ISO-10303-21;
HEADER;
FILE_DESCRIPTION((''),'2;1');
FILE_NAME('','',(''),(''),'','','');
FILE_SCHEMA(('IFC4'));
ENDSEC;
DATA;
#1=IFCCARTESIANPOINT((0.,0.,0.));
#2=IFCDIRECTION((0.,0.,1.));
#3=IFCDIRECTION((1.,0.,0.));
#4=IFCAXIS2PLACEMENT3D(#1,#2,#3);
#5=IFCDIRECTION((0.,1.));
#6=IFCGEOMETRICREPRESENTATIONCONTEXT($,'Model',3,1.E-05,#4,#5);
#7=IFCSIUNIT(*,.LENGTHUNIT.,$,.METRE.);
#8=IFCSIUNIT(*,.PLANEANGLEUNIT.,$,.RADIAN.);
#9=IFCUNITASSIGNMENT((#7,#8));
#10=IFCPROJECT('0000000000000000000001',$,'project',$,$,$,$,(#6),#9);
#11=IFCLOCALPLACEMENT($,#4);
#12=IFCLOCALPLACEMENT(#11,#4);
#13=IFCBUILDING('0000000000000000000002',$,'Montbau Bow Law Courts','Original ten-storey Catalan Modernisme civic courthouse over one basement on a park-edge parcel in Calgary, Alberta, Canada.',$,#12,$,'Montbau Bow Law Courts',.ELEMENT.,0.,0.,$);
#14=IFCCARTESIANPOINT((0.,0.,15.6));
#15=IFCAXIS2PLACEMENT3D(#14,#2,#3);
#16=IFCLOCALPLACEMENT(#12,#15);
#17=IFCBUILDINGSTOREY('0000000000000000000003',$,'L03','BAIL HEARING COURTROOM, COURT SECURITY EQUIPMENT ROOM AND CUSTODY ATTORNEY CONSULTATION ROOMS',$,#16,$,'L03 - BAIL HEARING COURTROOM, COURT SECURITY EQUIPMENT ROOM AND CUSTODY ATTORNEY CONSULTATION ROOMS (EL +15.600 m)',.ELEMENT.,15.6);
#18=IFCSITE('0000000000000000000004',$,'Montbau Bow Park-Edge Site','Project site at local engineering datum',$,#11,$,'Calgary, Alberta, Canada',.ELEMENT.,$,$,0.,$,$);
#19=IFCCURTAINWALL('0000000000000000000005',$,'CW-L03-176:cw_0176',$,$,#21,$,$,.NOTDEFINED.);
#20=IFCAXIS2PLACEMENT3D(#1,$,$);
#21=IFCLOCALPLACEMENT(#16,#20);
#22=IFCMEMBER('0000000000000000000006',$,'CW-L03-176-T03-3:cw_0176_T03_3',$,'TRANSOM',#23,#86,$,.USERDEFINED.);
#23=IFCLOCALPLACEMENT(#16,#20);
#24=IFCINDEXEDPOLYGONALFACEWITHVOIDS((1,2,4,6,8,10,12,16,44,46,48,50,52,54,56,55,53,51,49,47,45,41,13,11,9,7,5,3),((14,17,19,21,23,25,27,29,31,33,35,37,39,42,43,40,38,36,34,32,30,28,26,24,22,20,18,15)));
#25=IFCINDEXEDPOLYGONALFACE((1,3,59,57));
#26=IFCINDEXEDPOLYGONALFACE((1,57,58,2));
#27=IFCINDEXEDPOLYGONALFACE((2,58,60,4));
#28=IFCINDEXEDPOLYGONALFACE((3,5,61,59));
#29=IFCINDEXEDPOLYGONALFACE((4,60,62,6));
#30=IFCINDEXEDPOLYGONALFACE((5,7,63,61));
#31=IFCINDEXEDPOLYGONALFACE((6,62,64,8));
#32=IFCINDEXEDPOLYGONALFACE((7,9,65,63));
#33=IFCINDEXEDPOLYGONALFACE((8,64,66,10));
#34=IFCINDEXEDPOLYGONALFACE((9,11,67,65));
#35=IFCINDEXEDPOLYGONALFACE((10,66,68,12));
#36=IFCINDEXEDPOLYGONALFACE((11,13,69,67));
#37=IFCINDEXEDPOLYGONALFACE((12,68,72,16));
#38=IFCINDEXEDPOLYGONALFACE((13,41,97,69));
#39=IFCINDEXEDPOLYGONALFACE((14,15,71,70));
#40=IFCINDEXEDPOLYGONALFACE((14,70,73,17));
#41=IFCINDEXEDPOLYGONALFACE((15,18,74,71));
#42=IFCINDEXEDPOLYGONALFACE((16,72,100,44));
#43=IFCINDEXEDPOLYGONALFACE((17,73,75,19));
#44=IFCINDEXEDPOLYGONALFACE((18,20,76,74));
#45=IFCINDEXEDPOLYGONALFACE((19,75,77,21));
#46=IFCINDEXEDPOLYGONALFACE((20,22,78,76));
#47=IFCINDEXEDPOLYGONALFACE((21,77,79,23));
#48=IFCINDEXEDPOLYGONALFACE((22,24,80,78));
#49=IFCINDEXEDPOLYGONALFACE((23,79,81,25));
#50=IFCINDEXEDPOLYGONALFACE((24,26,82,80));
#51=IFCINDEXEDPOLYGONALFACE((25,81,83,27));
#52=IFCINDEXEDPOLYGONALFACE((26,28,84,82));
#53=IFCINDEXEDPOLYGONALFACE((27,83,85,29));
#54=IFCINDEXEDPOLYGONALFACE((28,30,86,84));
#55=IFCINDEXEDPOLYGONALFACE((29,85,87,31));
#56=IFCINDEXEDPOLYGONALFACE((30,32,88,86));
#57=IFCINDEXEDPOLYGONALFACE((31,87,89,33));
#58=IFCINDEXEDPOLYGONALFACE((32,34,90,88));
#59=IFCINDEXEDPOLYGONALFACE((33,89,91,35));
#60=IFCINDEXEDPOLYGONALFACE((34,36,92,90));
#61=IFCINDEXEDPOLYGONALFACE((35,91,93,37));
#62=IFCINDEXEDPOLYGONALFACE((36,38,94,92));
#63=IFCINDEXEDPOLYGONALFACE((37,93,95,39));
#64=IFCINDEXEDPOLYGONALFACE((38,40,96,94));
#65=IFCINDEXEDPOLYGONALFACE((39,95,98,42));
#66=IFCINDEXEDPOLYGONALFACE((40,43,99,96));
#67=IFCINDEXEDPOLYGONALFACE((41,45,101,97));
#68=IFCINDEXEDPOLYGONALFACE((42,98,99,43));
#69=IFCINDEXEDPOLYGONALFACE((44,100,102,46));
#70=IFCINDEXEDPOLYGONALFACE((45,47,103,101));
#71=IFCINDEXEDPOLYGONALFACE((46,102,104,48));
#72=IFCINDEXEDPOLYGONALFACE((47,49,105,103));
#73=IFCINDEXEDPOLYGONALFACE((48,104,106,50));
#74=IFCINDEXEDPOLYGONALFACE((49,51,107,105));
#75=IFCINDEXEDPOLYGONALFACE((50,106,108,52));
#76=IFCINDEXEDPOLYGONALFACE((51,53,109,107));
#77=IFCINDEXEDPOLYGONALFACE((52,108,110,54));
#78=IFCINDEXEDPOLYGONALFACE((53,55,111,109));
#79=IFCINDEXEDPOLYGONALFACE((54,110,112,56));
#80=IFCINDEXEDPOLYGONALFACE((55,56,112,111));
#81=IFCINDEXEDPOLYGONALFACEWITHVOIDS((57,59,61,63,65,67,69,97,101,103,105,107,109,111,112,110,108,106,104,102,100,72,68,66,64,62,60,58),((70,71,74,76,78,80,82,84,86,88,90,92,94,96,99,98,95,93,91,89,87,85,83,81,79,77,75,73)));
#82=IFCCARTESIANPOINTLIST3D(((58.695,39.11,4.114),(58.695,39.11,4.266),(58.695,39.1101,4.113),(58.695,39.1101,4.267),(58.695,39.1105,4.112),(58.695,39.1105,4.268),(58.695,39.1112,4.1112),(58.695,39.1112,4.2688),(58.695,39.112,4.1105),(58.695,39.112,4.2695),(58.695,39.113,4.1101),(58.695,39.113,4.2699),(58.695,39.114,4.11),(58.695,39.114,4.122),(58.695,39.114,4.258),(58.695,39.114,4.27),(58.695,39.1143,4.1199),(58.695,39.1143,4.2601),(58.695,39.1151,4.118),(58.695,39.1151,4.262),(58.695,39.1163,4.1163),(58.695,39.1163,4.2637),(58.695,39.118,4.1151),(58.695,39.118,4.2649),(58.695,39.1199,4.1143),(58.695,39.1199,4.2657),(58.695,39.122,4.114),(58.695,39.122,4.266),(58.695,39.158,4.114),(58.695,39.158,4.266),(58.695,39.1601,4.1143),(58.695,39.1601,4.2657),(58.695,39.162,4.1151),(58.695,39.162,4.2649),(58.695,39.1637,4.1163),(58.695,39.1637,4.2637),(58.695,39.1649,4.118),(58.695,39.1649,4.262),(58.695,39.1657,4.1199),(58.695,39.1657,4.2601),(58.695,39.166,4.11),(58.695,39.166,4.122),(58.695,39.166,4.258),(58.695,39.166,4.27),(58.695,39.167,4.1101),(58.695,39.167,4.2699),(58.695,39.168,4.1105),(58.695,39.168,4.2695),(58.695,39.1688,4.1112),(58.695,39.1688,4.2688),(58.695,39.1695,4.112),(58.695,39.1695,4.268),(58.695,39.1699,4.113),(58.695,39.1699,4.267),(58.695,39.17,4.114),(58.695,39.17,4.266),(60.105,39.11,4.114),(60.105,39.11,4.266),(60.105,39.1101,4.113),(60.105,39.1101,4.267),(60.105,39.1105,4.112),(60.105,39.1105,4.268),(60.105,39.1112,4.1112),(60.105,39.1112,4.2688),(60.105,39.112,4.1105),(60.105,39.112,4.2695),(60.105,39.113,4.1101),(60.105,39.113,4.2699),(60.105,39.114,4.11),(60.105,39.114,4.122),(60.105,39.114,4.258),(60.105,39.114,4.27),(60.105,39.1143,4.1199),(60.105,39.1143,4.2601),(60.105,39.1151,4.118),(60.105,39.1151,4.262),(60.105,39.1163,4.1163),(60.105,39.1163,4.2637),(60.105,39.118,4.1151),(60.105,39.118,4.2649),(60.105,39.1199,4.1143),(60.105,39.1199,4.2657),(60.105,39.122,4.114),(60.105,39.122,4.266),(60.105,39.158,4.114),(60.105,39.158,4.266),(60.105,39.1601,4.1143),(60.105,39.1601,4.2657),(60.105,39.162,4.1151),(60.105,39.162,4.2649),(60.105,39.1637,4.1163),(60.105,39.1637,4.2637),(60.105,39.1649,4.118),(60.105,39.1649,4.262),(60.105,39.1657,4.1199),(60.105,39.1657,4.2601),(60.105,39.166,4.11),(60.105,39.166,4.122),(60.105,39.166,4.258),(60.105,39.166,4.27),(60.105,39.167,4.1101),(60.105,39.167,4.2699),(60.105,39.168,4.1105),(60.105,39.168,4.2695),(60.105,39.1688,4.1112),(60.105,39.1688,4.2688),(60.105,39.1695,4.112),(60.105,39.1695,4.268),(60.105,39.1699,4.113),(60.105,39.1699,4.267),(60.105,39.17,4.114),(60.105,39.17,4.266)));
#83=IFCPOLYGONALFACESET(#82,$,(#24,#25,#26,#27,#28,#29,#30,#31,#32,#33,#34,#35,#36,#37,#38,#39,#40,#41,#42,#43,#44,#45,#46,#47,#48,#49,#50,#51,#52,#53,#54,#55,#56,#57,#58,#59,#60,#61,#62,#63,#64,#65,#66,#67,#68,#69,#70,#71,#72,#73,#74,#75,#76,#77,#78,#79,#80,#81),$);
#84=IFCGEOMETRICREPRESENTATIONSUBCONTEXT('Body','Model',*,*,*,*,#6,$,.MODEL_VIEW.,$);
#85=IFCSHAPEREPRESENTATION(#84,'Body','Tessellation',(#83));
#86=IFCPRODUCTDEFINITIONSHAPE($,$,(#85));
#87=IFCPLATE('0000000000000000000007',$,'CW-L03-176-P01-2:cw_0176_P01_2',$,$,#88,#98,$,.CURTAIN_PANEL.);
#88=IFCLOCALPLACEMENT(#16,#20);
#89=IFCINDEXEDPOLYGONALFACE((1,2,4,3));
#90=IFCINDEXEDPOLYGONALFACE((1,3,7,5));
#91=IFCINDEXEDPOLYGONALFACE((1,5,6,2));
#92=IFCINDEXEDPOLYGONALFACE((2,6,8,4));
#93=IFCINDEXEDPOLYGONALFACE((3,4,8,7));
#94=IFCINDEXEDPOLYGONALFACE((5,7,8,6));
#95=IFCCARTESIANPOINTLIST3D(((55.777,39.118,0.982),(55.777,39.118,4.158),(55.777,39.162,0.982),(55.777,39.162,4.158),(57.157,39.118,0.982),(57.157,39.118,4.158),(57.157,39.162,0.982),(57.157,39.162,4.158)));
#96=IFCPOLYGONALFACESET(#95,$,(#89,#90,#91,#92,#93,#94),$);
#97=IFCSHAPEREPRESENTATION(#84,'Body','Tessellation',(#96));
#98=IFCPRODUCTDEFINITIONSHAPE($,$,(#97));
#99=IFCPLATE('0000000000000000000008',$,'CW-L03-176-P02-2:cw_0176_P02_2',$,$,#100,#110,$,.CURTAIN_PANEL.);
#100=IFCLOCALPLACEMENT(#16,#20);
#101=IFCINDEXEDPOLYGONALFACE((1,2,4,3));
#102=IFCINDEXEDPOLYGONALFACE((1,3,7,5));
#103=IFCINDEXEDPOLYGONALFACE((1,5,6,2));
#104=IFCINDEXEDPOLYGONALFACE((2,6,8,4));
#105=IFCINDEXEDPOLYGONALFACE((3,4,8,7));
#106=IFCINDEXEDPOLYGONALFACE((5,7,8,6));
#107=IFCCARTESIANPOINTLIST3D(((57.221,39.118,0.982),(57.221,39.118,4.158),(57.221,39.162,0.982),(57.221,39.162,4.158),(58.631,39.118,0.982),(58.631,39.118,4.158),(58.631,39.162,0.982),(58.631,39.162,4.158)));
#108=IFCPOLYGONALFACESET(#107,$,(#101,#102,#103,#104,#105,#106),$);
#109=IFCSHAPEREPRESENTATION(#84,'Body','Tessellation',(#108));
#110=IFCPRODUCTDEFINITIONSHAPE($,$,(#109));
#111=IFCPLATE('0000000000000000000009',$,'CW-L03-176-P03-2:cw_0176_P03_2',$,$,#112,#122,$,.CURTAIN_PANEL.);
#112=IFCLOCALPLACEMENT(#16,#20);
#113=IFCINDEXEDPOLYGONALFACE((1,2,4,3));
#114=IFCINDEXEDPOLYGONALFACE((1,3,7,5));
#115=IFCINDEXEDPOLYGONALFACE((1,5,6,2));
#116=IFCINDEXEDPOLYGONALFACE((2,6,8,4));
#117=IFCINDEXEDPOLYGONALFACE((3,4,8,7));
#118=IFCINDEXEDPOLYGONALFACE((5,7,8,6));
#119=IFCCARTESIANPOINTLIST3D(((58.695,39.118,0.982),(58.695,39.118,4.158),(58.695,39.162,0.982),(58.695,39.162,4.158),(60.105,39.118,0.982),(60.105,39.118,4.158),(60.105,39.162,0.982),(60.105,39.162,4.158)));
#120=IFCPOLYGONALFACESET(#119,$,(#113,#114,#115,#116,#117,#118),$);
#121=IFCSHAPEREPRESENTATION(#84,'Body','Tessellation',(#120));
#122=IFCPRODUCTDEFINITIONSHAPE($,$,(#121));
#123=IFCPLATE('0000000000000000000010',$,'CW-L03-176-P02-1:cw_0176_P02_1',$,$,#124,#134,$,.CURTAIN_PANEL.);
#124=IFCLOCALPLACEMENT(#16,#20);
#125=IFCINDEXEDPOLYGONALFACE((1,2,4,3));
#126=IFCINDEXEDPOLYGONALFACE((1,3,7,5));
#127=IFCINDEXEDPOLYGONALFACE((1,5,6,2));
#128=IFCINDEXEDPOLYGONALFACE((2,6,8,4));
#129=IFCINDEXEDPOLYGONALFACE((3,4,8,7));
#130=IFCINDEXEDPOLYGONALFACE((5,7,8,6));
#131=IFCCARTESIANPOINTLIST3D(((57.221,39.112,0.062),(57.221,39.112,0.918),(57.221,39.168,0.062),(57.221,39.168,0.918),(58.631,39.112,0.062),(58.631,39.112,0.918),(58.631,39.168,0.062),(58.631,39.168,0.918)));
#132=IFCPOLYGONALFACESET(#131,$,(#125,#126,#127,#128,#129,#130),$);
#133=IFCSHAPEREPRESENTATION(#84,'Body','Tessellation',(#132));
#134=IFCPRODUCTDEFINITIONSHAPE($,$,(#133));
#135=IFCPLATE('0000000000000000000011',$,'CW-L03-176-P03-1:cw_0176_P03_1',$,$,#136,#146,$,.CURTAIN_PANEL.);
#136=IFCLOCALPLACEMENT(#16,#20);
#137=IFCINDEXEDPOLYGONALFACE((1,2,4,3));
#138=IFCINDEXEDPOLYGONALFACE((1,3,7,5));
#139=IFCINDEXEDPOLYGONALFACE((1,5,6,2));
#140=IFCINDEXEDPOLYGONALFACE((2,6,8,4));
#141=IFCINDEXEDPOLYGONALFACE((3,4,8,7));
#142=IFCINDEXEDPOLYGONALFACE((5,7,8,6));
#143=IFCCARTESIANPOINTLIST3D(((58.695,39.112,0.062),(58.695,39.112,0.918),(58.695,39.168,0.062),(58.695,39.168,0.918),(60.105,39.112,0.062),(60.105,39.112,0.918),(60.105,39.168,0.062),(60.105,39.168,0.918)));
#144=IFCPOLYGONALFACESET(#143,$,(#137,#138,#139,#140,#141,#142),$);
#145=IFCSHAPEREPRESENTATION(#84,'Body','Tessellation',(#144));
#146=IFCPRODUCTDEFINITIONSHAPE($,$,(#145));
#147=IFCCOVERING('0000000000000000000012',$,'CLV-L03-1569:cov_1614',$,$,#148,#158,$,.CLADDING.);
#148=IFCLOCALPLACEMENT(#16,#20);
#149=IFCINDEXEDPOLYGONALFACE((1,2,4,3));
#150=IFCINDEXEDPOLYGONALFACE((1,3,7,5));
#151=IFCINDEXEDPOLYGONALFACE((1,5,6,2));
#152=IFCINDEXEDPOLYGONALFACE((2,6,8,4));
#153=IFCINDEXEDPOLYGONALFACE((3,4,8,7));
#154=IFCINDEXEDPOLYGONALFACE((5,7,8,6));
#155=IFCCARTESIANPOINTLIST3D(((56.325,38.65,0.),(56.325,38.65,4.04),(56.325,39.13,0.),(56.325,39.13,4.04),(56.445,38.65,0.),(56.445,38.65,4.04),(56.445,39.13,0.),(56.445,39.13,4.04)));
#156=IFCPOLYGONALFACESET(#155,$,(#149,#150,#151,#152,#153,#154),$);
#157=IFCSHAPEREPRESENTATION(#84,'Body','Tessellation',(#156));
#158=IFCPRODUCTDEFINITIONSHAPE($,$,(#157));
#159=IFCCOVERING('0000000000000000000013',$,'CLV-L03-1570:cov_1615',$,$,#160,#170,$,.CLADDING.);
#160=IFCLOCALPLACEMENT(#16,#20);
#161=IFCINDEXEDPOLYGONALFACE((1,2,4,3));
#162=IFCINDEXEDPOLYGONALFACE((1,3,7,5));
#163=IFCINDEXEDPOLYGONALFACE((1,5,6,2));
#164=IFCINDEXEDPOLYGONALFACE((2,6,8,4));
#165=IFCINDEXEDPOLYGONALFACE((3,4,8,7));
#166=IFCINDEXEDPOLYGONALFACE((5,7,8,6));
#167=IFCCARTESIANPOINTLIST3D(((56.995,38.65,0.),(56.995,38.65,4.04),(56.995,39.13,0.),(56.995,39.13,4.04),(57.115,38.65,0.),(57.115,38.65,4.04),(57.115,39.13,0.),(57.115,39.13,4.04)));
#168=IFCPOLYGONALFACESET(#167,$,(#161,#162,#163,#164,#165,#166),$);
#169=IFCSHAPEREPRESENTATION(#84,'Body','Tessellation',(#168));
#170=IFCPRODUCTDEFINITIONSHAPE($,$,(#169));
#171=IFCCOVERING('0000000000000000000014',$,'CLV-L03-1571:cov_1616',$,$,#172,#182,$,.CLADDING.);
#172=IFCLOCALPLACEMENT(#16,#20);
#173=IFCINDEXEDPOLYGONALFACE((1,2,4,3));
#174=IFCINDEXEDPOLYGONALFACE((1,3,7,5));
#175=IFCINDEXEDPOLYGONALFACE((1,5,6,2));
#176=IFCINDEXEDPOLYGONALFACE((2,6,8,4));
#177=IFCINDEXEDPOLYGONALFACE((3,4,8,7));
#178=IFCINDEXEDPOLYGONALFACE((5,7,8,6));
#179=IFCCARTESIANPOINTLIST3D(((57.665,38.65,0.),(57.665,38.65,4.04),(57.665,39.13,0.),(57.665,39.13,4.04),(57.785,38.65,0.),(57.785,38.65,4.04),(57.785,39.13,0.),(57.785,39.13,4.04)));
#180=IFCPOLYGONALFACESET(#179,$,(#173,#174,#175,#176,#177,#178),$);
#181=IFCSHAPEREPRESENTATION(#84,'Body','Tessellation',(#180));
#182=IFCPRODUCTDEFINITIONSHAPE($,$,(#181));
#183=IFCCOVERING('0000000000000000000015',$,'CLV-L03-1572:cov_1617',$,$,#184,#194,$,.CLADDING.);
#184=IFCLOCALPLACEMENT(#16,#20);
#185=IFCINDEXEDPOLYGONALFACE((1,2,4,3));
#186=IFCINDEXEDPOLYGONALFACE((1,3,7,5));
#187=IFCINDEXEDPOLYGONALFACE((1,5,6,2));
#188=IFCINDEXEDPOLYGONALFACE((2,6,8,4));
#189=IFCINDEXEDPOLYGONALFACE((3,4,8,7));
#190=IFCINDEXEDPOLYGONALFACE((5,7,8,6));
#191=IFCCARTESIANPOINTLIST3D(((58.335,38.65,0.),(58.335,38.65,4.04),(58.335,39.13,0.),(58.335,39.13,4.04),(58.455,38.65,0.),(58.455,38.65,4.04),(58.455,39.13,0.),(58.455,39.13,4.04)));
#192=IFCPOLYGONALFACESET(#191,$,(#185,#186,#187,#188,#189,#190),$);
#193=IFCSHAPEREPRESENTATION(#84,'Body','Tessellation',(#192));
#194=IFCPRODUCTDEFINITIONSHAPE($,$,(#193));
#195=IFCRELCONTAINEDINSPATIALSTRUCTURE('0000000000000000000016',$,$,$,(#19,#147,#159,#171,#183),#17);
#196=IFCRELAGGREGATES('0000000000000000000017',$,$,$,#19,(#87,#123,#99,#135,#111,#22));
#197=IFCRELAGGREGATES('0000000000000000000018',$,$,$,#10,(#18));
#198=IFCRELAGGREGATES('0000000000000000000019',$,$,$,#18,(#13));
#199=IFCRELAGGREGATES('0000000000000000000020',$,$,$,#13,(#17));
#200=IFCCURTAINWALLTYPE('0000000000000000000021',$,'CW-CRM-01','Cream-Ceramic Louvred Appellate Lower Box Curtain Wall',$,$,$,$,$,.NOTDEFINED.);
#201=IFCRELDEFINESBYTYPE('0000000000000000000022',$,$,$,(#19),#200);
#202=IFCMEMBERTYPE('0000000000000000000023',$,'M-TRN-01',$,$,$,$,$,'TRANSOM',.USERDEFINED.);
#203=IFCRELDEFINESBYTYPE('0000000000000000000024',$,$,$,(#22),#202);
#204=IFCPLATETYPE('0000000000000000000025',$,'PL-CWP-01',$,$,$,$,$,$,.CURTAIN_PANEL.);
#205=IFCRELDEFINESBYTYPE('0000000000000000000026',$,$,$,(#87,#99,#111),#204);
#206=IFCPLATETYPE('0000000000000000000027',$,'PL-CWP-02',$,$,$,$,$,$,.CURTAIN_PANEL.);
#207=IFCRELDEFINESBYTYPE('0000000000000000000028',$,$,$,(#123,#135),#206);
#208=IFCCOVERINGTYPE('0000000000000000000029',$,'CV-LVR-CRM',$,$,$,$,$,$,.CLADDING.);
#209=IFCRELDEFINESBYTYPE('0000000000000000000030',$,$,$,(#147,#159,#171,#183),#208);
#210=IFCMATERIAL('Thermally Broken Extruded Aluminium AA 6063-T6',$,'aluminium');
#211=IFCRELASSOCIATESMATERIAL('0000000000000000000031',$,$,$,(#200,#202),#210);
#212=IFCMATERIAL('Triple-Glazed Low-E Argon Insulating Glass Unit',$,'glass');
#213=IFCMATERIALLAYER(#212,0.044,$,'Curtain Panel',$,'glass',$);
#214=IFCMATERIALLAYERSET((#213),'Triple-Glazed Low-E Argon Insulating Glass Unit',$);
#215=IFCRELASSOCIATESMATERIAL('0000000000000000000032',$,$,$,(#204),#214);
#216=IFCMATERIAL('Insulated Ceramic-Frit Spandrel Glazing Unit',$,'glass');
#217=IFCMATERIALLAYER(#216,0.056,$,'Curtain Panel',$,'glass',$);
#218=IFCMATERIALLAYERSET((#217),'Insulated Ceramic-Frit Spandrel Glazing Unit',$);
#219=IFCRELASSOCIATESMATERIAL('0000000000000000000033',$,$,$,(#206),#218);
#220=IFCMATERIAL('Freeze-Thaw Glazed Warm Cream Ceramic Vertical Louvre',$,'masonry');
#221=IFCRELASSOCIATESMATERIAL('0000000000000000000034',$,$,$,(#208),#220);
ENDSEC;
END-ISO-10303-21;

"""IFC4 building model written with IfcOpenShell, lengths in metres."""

from ifc_helpers import new_model, si_unit, direction, frame, frame_2d, origin_with_axes, origin_2d_with_axis, place, context, subcontext, project, spatial, rectangle, hollow_rectangle, extrude, material, layer, layer_set, material_profile, profile_set, type_object, element, aggregate, save


model = new_model("IFC4")

# Units and contexts
model_context = context("Model", 3, precision=1e-05, world=origin_with_axes(), true_north=direction((0.0, 1.0)))
body_context = subcontext(model_context, "Body", "Model", "MODEL_VIEW")
ifc_project = project(units=[si_unit("LENGTHUNIT", "METRE"), si_unit("PLANEANGLEUNIT", "RADIAN")], contexts=[model_context])

# Site, building, storey
site_placement = place(None, origin_with_axes())
site = spatial("IfcSite", under=ifc_project, at=site_placement, Name="Montbau Bow Park-Edge Site", Description="Project site at local engineering datum", LongName="Calgary, Alberta, Canada", CompositionType="ELEMENT", RefElevation=0.0)
building_placement = place(site_placement, origin_with_axes())
building = spatial("IfcBuilding", under=site, at=building_placement, Name="Montbau Bow Law Courts", Description="Original ten-storey Catalan Modernisme civic courthouse over one basement on a park-edge parcel in Calgary, Alberta, Canada.", LongName="Montbau Bow Law Courts", CompositionType="ELEMENT", ElevationOfRefHeight=0.0, ElevationOfTerrain=0.0)
storey_placement = place(building_placement, frame((0.0, 0.0, 15.6), z_axis=(0.0, 0.0, 1.0), x_axis=(1.0, 0.0, 0.0)))
storey = spatial("IfcBuildingStorey", under=building, at=storey_placement, Name="L03", Description="BAIL HEARING COURTROOM, COURT SECURITY EQUIPMENT ROOM AND CUSTODY ATTORNEY CONSULTATION ROOMS", LongName="L03 - BAIL HEARING COURTROOM, COURT SECURITY EQUIPMENT ROOM AND CUSTODY ATTORNEY CONSULTATION ROOMS (EL +15.600 m)", CompositionType="ELEMENT", Elevation=15.6)

# Curtain wall, member, plates
ifc_material_1 = material(Name="Thermally Broken Extruded Aluminium AA 6063-T6", Category="aluminium")
curtain_wall_type = type_object("IfcCurtainWallType", Name="CW-CRM-01", Description="Cream-Ceramic Louvred Appellate Lower Box Curtain Wall", PredefinedType="NOTDEFINED", material=ifc_material_1)
curtain_wall_placement = place(None, frame((55.715, 39.14, 15.6), z_axis=(0.0, 0.0, 1.0), x_axis=(1.0, 0.0, 0.0)))
curtain_wall = element("IfcCurtainWall", 1, at=curtain_wall_placement, inside=storey, type_object=curtain_wall_type, Name="CW-L03-176:cw_0176", PredefinedType="NOTDEFINED")
ifc_material_profile_1 = material_profile(ifc_material_1, hollow_rectangle(XDim=0.06, YDim=0.16, WallThickness=0.004, InnerFilletRadius=0.008, OuterFilletRadius=0.004, at=origin_2d_with_axis()), Name="CWT-160X60", Category="Main", Priority=0)
ifc_profile_set_1 = profile_set([ifc_material_profile_1], Name="Thermally Broken Extruded Aluminium AA 6063-T6")
member_type_1 = type_object("IfcMemberType", Name="M-TRN-01", ElementType="TRANSOM", PredefinedType="USERDEFINED", material=ifc_profile_set_1)
member_1_placement = place(None, frame((58.695, 39.14, 19.79), z_axis=(1.0, 0.0, 0.0), x_axis=(0.0, 1.0, 0.0)))
member_1 = element("IfcMember", 2, at=member_1_placement, type_object=member_type_1, Name="CW-L03-176-T03-3:cw_0176_T03_3", ObjectType="TRANSOM", PredefinedType="USERDEFINED", context=body_context, shape_type="SweptSolid", body=[
    extrude(hollow_rectangle(XDim=0.06, YDim=0.16, WallThickness=0.004, InnerFilletRadius=0.008, OuterFilletRadius=0.004, at=origin_2d_with_axis()), origin_with_axes(), (0.0, 0.0, 1.0), 1.41),
])
ifc_material_2 = material(Name="Triple-Glazed Low-E Argon Insulating Glass Unit", Category="glass")
ifc_layer_1 = layer(ifc_material_2, 0.044, Name="Curtain Panel", Category="glass")
ifc_layer_set_1 = layer_set([ifc_layer_1], Name="Triple-Glazed Low-E Argon Insulating Glass Unit")
plate_type_1 = type_object("IfcPlateType", Name="PL-CWP-01", PredefinedType="CURTAIN_PANEL", material=ifc_layer_set_1)
plate_1_placement = place(None, frame((55.777, 39.14, 16.582), z_axis=(0.0, -1.0, 0.0), x_axis=(1.0, 0.0, 0.0)))
plate_1 = element("IfcPlate", 3, at=plate_1_placement, type_object=plate_type_1, Name="CW-L03-176-P01-2:cw_0176_P01_2", PredefinedType="CURTAIN_PANEL", context=body_context, shape_type="SweptSolid", body=[
    extrude(rectangle(XDim=1.38, YDim=3.176, at=frame_2d((0.69, 1.588), x_axis=(1.0, 0.0))), frame((0.0, 0.0, -0.022), z_axis=(0.0, 0.0, 1.0), x_axis=(1.0, 0.0, 0.0)), (0.0, 0.0, 1.0), 0.044),
])
plate_2_placement = place(None, frame((57.221, 39.14, 16.582), z_axis=(0.0, -1.0, 0.0), x_axis=(1.0, 0.0, 0.0)))
plate_2 = element("IfcPlate", 4, at=plate_2_placement, type_object=plate_type_1, Name="CW-L03-176-P02-2:cw_0176_P02_2", PredefinedType="CURTAIN_PANEL", context=body_context, shape_type="SweptSolid", body=[
    extrude(rectangle(XDim=1.41, YDim=3.176, at=frame_2d((0.705, 1.588), x_axis=(1.0, 0.0))), frame((0.0, 0.0, -0.022), z_axis=(0.0, 0.0, 1.0), x_axis=(1.0, 0.0, 0.0)), (0.0, 0.0, 1.0), 0.044),
])
plate_3_placement = place(None, frame((58.695, 39.14, 16.582), z_axis=(0.0, -1.0, 0.0), x_axis=(1.0, 0.0, 0.0)))
plate_3 = element("IfcPlate", 5, at=plate_3_placement, type_object=plate_type_1, Name="CW-L03-176-P03-2:cw_0176_P03_2", PredefinedType="CURTAIN_PANEL", context=body_context, shape_type="SweptSolid", body=[
    extrude(rectangle(XDim=1.41, YDim=3.176, at=frame_2d((0.705, 1.588), x_axis=(1.0, 0.0))), frame((0.0, 0.0, -0.022), z_axis=(0.0, 0.0, 1.0), x_axis=(1.0, 0.0, 0.0)), (0.0, 0.0, 1.0), 0.044),
])
ifc_material_3 = material(Name="Insulated Ceramic-Frit Spandrel Glazing Unit", Category="glass")
ifc_layer_2 = layer(ifc_material_3, 0.056, Name="Curtain Panel", Category="glass")
ifc_layer_set_2 = layer_set([ifc_layer_2], Name="Insulated Ceramic-Frit Spandrel Glazing Unit")
plate_type_2 = type_object("IfcPlateType", Name="PL-CWP-02", PredefinedType="CURTAIN_PANEL", material=ifc_layer_set_2)
plate_4_placement = place(None, frame((57.221, 39.14, 15.662), z_axis=(0.0, -1.0, 0.0), x_axis=(1.0, 0.0, 0.0)))
plate_4 = element("IfcPlate", 6, at=plate_4_placement, type_object=plate_type_2, Name="CW-L03-176-P02-1:cw_0176_P02_1", PredefinedType="CURTAIN_PANEL", context=body_context, shape_type="SweptSolid", body=[
    extrude(rectangle(XDim=1.41, YDim=0.856, at=frame_2d((0.705, 0.428), x_axis=(1.0, 0.0))), frame((0.0, 0.0, -0.028), z_axis=(0.0, 0.0, 1.0), x_axis=(1.0, 0.0, 0.0)), (0.0, 0.0, 1.0), 0.056),
])
plate_5_placement = place(None, frame((58.695, 39.14, 15.662), z_axis=(0.0, -1.0, 0.0), x_axis=(1.0, 0.0, 0.0)))
plate_5 = element("IfcPlate", 7, at=plate_5_placement, type_object=plate_type_2, Name="CW-L03-176-P03-1:cw_0176_P03_1", PredefinedType="CURTAIN_PANEL", context=body_context, shape_type="SweptSolid", body=[
    extrude(rectangle(XDim=1.41, YDim=0.856, at=frame_2d((0.705, 0.428), x_axis=(1.0, 0.0))), frame((0.0, 0.0, -0.028), z_axis=(0.0, 0.0, 1.0), x_axis=(1.0, 0.0, 0.0)), (0.0, 0.0, 1.0), 0.056),
])
aggregate(curtain_wall, [plate_1, plate_4, plate_2, plate_5, plate_3, member_1])

# Coverings
ifc_material_4 = material(Name="Freeze-Thaw Glazed Warm Cream Ceramic Vertical Louvre", Category="masonry")
covering_type = type_object("IfcCoveringType", Name="CV-LVR-CRM", PredefinedType="CLADDING", material=ifc_material_4)
for number, where, z_axis, x_axis, name in (
    (8, (56.385, 39.13, 15.6), (-1.0, 0.0, 0.0), (0.0, -1.0, 0.0), "CLV-L03-1569:cov_1614"),
    (9, (57.055, 39.13, 15.6), (-1.0, 0.0, 0.0), (0.0, -1.0, 0.0), "CLV-L03-1570:cov_1615"),
    (10, (57.725, 39.13, 15.6), (-1.0, 0.0, 0.0), (0.0, -1.0, 0.0), "CLV-L03-1571:cov_1616"),
    (11, (58.395, 39.13, 15.6), (-1.0, 0.0, 0.0), (0.0, -1.0, 0.0), "CLV-L03-1572:cov_1617"),
):
    element("IfcCovering", number, at=place(None, frame(where, z_axis=z_axis, x_axis=x_axis)), inside=storey, type_object=covering_type, Name=name, PredefinedType="CLADDING", context=body_context, shape_type="SweptSolid", body=[
        extrude(rectangle(XDim=0.48, YDim=4.04, at=frame_2d((0.24, 2.02), x_axis=(1.0, 0.0))), frame((0.0, 0.0, -0.06), z_axis=(0.0, 0.0, 1.0), x_axis=(1.0, 0.0, 0.0)), (0.0, 0.0, 1.0), 0.12),
    ])

save(model, "model.ifc")
